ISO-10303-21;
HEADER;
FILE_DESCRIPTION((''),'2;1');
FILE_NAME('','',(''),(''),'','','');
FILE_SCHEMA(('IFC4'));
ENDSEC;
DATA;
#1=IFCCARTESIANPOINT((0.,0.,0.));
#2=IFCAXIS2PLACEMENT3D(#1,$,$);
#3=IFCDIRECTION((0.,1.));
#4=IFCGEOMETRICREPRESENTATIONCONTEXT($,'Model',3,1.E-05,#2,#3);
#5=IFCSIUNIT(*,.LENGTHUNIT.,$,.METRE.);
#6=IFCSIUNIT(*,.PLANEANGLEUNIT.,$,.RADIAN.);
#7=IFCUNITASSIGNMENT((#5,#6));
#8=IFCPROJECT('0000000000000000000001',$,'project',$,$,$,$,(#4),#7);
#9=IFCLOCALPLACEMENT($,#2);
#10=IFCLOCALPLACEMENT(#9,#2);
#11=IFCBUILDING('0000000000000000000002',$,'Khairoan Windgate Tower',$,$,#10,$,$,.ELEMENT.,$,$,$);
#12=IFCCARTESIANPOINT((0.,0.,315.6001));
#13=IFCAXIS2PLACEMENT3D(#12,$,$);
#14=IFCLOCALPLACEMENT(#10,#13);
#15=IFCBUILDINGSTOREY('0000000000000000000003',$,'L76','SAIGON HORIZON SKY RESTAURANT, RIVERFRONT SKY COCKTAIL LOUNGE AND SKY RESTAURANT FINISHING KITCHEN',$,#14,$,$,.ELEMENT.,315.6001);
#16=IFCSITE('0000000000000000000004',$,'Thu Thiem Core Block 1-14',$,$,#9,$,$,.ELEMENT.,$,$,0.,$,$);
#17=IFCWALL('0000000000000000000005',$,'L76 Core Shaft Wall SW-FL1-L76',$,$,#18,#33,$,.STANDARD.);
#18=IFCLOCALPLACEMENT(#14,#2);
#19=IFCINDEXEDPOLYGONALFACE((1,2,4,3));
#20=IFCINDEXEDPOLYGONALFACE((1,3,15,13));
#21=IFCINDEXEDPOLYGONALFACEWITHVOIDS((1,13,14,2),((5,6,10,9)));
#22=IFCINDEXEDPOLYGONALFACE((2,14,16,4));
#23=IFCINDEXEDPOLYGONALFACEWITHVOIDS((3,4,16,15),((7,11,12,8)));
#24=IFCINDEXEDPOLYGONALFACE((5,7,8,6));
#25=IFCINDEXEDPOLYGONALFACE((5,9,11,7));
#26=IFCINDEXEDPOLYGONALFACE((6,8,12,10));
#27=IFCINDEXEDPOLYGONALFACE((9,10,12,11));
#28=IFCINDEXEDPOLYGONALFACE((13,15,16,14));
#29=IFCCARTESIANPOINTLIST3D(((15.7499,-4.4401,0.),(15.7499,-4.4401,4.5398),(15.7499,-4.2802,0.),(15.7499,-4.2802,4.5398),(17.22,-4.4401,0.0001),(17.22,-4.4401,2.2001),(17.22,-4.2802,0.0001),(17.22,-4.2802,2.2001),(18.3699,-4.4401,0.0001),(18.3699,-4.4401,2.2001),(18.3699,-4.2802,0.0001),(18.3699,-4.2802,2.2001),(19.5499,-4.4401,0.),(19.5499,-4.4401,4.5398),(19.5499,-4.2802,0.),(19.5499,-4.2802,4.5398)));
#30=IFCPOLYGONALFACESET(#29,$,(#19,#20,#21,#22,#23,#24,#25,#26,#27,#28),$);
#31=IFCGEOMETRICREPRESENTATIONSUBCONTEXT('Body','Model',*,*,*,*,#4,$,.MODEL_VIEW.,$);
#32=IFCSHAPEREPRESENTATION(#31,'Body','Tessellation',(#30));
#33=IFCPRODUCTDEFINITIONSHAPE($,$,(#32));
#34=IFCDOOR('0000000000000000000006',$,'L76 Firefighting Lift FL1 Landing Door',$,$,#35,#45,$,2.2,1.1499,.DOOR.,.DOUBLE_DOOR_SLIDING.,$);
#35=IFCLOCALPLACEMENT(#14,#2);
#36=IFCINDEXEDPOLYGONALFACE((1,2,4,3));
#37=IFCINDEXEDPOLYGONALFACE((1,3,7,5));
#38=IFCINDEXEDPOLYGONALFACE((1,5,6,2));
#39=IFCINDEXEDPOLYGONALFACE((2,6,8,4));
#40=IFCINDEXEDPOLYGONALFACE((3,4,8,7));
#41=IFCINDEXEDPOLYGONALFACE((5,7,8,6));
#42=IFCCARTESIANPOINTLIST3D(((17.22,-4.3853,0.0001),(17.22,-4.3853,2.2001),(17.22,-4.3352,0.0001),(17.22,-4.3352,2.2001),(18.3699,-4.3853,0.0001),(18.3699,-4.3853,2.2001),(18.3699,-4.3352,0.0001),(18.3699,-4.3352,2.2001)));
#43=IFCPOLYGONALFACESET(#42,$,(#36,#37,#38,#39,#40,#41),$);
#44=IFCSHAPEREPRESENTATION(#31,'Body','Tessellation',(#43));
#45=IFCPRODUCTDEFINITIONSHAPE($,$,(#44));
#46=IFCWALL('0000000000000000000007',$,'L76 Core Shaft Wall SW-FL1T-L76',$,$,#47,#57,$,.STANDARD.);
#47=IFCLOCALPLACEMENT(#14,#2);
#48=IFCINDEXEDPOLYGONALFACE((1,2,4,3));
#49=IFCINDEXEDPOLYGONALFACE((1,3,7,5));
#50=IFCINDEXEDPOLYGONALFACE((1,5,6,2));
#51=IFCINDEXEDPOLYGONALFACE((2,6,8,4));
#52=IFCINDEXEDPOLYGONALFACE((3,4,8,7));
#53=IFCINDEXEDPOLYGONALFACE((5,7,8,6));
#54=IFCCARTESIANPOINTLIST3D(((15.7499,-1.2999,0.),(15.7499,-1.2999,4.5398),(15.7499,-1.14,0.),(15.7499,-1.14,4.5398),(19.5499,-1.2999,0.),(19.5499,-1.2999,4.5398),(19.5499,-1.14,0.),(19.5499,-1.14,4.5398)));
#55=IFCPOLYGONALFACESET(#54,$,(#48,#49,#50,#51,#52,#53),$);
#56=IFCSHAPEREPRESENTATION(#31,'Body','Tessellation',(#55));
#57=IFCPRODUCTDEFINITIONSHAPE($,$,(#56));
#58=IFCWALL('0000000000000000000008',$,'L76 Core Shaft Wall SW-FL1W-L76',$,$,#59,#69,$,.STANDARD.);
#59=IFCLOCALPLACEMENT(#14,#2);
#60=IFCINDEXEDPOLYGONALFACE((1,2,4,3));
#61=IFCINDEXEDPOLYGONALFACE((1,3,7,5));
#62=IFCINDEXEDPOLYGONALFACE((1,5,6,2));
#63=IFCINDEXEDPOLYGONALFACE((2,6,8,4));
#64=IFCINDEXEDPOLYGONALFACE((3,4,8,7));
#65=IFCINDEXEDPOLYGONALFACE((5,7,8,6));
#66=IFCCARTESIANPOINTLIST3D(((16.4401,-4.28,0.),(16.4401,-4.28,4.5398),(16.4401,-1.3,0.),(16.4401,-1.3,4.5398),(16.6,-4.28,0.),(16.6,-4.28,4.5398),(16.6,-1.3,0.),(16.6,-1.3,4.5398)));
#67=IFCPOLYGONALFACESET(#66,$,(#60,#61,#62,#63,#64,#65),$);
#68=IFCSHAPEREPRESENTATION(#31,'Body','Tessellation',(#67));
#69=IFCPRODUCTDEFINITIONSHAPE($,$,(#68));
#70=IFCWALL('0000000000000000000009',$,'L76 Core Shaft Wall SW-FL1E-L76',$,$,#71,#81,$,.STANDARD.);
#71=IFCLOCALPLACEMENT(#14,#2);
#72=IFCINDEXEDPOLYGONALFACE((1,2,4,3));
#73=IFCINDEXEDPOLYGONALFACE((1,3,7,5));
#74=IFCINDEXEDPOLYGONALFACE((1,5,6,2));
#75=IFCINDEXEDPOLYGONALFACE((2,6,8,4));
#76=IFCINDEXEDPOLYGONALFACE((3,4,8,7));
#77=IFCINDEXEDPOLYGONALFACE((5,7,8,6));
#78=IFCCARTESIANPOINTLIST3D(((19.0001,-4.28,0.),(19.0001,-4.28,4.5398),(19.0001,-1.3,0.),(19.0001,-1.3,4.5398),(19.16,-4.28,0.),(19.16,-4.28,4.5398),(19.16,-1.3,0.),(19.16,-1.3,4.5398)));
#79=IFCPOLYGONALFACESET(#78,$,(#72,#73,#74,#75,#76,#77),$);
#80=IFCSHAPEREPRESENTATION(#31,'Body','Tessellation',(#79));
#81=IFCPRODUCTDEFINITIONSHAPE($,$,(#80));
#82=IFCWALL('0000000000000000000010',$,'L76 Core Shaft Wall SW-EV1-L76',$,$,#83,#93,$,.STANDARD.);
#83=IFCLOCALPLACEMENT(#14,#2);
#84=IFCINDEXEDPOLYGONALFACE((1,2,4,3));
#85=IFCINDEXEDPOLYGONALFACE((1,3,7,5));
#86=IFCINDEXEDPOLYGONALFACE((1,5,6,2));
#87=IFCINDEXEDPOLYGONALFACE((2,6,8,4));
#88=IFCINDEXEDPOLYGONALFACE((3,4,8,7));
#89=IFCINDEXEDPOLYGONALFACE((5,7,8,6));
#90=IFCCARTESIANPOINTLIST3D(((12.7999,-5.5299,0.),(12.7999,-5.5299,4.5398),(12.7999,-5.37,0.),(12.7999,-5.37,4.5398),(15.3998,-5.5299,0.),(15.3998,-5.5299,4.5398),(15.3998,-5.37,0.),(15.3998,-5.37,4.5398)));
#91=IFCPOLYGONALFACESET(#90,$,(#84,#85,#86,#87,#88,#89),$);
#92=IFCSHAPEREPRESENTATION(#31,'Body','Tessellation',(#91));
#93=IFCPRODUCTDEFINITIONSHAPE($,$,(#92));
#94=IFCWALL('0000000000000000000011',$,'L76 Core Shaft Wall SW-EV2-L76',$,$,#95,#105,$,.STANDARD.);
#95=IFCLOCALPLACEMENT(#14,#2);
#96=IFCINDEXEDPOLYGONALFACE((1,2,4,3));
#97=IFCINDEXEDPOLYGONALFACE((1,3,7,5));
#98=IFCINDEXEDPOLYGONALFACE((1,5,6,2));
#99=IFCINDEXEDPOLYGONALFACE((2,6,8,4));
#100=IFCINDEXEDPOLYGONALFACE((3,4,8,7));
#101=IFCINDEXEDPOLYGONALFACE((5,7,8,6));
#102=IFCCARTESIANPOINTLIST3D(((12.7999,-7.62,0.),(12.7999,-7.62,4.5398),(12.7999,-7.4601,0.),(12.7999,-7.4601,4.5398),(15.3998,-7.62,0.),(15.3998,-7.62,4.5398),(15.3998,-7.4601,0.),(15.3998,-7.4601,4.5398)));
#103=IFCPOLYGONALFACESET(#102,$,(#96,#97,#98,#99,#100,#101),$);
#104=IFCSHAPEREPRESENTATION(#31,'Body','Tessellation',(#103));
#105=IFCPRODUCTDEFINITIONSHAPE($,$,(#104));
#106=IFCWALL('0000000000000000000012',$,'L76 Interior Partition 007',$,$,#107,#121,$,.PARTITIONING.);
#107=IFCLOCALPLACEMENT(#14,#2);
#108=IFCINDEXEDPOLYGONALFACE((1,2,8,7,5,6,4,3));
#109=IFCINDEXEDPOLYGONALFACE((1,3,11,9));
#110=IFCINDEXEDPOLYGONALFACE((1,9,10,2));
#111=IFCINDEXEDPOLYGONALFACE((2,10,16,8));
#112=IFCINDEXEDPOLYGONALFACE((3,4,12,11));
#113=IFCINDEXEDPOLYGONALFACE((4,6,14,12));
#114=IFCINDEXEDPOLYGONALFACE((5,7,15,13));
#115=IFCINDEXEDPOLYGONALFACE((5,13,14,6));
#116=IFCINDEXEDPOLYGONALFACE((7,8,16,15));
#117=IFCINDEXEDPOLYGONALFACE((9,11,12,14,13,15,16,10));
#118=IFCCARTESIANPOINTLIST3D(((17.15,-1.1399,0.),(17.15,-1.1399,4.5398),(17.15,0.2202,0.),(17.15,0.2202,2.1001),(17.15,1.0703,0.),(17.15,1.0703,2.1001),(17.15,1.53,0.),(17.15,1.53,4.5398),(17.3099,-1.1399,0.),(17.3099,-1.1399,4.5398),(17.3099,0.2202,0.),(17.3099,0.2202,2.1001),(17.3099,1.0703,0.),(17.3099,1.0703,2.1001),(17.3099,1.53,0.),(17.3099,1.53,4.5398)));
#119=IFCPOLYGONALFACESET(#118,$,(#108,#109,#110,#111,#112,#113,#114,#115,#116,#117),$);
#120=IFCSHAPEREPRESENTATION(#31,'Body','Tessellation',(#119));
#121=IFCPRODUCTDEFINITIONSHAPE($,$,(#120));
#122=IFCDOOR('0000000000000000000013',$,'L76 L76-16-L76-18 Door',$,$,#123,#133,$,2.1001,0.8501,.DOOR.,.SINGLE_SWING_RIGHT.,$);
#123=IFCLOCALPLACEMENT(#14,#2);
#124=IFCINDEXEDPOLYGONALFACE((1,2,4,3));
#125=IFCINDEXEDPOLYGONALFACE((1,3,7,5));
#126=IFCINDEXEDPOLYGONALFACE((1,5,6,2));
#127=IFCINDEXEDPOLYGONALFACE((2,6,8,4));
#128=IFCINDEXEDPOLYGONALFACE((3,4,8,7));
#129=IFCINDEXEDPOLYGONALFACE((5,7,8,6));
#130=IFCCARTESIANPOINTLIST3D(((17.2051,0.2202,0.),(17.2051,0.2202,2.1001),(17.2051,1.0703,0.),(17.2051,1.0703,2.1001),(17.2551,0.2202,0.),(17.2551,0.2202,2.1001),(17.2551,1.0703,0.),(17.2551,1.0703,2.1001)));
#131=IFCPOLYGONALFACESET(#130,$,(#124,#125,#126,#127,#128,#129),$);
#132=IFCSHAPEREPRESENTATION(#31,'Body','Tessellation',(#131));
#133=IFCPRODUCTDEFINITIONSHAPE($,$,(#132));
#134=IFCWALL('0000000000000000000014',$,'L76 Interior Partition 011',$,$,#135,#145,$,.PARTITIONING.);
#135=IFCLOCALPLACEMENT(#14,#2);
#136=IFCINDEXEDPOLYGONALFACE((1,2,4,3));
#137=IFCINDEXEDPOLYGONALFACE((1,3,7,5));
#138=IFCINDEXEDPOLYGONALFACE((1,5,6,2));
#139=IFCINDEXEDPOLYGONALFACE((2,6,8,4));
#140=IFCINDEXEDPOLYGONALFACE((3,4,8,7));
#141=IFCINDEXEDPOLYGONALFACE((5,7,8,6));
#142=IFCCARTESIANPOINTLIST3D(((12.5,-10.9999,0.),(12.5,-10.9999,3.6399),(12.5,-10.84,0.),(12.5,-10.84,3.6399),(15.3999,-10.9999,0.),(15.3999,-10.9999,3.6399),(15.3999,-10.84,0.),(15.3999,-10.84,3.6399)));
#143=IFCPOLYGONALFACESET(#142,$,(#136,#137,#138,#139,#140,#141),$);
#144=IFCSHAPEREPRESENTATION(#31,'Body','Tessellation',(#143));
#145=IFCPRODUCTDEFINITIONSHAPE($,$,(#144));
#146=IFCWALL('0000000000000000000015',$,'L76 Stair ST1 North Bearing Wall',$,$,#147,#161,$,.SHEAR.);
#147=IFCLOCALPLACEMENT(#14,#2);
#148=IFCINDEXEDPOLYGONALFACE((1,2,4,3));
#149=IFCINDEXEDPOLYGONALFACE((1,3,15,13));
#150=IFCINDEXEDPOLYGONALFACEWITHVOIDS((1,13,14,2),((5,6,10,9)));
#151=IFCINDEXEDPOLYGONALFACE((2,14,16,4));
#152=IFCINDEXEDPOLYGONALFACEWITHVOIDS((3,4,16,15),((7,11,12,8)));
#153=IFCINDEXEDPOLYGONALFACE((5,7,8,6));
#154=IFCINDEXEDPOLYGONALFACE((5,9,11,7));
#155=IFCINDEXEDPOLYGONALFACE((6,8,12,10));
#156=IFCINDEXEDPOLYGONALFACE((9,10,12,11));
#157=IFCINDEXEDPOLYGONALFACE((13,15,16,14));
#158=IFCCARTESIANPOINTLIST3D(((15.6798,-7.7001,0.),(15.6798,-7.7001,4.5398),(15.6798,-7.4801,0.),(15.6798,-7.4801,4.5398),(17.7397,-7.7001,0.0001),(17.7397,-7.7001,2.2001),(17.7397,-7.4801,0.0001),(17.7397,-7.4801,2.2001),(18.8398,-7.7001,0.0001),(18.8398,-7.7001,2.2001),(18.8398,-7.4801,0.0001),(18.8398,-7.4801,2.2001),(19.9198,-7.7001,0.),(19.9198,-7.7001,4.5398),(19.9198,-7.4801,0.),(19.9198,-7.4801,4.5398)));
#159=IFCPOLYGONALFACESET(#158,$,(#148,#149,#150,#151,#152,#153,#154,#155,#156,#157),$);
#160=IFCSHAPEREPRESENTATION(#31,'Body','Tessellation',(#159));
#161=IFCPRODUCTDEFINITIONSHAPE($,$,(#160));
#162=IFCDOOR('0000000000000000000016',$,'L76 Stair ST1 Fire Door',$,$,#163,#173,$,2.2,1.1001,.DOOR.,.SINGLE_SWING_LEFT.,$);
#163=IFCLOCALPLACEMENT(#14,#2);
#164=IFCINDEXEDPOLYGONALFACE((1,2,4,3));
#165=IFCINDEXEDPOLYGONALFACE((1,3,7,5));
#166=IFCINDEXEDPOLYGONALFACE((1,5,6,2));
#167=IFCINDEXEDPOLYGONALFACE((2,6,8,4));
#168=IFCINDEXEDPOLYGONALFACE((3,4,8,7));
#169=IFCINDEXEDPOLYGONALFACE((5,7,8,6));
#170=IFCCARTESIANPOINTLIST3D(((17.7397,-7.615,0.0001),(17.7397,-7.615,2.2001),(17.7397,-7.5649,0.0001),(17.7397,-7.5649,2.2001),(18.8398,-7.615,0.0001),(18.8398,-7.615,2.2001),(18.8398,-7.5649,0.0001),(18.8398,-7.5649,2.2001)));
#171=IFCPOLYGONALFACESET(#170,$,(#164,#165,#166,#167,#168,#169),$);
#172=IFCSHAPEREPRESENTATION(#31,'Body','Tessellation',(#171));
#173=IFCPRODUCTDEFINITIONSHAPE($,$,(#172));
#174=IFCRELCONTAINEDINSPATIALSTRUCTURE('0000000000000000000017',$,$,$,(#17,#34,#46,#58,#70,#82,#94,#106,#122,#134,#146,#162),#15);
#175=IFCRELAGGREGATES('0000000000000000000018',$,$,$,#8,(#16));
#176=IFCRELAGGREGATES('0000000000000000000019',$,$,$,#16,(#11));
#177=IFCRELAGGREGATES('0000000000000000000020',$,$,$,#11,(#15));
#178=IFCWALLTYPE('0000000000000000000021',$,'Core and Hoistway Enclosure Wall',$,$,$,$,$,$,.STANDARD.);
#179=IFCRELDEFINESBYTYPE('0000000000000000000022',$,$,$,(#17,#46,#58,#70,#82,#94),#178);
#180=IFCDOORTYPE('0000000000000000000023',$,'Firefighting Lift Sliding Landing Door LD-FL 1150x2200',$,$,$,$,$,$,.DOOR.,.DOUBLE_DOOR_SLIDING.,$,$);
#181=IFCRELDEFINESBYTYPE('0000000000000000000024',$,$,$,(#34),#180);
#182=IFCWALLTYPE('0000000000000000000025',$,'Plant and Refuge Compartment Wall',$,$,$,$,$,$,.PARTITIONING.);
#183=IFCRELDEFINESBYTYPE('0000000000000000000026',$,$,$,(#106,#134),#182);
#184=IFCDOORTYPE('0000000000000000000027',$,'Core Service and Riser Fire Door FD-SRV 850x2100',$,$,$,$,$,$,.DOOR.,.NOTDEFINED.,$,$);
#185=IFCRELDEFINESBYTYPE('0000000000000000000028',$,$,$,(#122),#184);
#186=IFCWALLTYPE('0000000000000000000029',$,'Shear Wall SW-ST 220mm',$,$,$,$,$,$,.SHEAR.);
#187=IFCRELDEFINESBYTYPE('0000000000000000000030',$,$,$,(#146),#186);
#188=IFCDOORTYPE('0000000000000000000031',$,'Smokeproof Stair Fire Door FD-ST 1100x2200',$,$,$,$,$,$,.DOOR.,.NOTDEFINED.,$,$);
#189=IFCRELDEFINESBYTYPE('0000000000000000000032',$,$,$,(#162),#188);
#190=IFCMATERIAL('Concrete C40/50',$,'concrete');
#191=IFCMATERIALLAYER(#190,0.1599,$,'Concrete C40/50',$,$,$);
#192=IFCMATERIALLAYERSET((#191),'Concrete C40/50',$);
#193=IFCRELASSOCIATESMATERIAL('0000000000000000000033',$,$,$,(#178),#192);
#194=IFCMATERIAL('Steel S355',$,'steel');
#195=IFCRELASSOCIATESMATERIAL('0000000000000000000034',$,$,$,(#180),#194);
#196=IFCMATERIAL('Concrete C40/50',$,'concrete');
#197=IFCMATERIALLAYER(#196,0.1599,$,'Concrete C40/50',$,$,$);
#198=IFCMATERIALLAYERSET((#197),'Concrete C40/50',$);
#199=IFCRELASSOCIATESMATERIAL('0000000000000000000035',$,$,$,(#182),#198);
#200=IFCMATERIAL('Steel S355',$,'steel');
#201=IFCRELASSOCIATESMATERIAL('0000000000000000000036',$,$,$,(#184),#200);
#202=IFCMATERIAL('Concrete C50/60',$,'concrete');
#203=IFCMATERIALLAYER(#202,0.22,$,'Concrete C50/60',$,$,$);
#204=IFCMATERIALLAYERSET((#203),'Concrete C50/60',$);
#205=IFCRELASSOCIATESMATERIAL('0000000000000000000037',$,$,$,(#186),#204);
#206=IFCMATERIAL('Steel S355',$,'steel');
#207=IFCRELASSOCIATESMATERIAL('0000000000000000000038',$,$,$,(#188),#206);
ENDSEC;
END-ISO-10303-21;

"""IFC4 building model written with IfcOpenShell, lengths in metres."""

from ifc_helpers import new_model, si_unit, direction, frame, frame_2d, origin, place, context, subcontext, project, spatial, rectangle, extrude, material, layer, layer_set, type_object, element, fill, save


model = new_model("IFC4")

# Units and contexts
model_context = context("Model", 3, precision=1e-05, world=origin(), true_north=direction((0.0, 1.0)))
body_context = subcontext(model_context, "Body", "Model", "MODEL_VIEW")
ifc_project = project(units=[si_unit("LENGTHUNIT", "METRE"), si_unit("PLANEANGLEUNIT", "RADIAN")], contexts=[model_context])

# Site, building, storey
site_placement = place(None, origin())
site = spatial("IfcSite", under=ifc_project, at=site_placement, Name="Thu Thiem Core Block 1-14", CompositionType="ELEMENT", RefElevation=0.0)
building_placement = place(site_placement, origin())
building = spatial("IfcBuilding", under=site, at=building_placement, Name="Khairoan Windgate Tower", CompositionType="ELEMENT")
storey_placement = place(building_placement, frame((0.0, 0.0, 315.6001)))
storey = spatial("IfcBuildingStorey", under=building, at=storey_placement, Name="L76", Description="SAIGON HORIZON SKY RESTAURANT, RIVERFRONT SKY COCKTAIL LOUNGE AND SKY RESTAURANT FINISHING KITCHEN", CompositionType="ELEMENT", Elevation=315.6001)

# Shared definitions
ifc_material_1 = material(Name="Concrete C40/50", Category="concrete")
ifc_layer_1 = layer(ifc_material_1, 0.1599, Name="Concrete C40/50")
ifc_layer_set_1 = layer_set([ifc_layer_1], Name="Concrete C40/50")
wall_type_1 = type_object("IfcWallType", Name="Core and Hoistway Enclosure Wall", PredefinedType="STANDARD", material=ifc_layer_set_1)

# Wall, opening, door
wall_1_placement = place(storey_placement, frame((15.75, -4.3601, 0.0), z_axis=(0.0, 0.0, 1.0), x_axis=(1.0, 0.0, 0.0)))
wall_1 = element("IfcWall", 1, at=wall_1_placement, inside=storey, type_object=wall_type_1, Name="L76 Core Shaft Wall SW-FL1-L76", PredefinedType="STANDARD", context=body_context, shape_type="SweptSolid", body=[
    extrude(rectangle(XDim=3.8, YDim=0.1599, at=frame_2d((1.8999, 0.0))), origin(), (0.0, 0.0, 1.0), 4.5398),
])
opening_1_placement = place(wall_1_placement, frame((1.47, 0.0, 0.0)))
opening_1 = element("IfcOpeningElement", 2, at=opening_1_placement, cuts=wall_1, PredefinedType="OPENING", context=body_context, shape_type="SweptSolid", body=[
    extrude(rectangle(XDim=1.1499, YDim=2.2, at=frame_2d((0.575, 1.1001))), frame((0.0, 0.0898, 0.0), z_axis=(0.0, -1.0, 0.0), x_axis=(1.0, 0.0, 0.0)), (0.0, 0.0, 1.0), 0.1799),
])
ifc_material_2 = material(Name="Steel S355", Category="steel")
door_type_1 = type_object("IfcDoorType", Name="Firefighting Lift Sliding Landing Door LD-FL 1150x2200", OperationType="DOUBLE_DOOR_SLIDING", PredefinedType="DOOR", material=ifc_material_2)
door_1_placement = place(opening_1_placement, origin())
door_1 = element("IfcDoor", 3, at=door_1_placement, inside=storey, type_object=door_type_1, Name="L76 Firefighting Lift FL1 Landing Door", OperationType="DOUBLE_DOOR_SLIDING", OverallHeight=2.2, OverallWidth=1.1499, PredefinedType="DOOR", context=body_context, shape_type="SweptSolid", body=[
    extrude(rectangle(XDim=1.1499, YDim=2.2, at=frame_2d((0.575, 1.1001))), frame((0.0, 0.0249, 0.0), z_axis=(0.0, -1.0, 0.0), x_axis=(1.0, 0.0, 0.0)), (0.0, 0.0, 1.0), 0.05),
])
fill(opening_1, door_1)

# Walls
wall_2_placement = place(storey_placement, frame((15.75, -1.22, 0.0), z_axis=(0.0, 0.0, 1.0), x_axis=(1.0, 0.0, 0.0)))
element("IfcWall", 4, at=wall_2_placement, inside=storey, type_object=wall_type_1, Name="L76 Core Shaft Wall SW-FL1T-L76", PredefinedType="STANDARD", context=body_context, shape_type="SweptSolid", body=[
    extrude(rectangle(XDim=3.8, YDim=0.1599, at=frame_2d((1.8999, 0.0))), origin(), (0.0, 0.0, 1.0), 4.5398),
])
for number, where, z_axis, x_axis, name in (
    (5, (16.52, -4.28, 0.0), (0.0, 0.0, 1.0), (0.0, 1.0, 0.0), "L76 Core Shaft Wall SW-FL1W-L76"),
    (6, (19.0801, -4.28, 0.0), (0.0, 0.0, 1.0), (0.0, 1.0, 0.0), "L76 Core Shaft Wall SW-FL1E-L76"),
):
    element("IfcWall", number, at=place(storey_placement, frame(where, z_axis=z_axis, x_axis=x_axis)), inside=storey, type_object=wall_type_1, Name=name, PredefinedType="STANDARD", context=body_context, shape_type="SweptSolid", body=[
        extrude(rectangle(XDim=2.98, YDim=0.1599, at=frame_2d((1.49, 0.0))), origin(), (0.0, 0.0, 1.0), 4.5398),
    ])
for number, where, z_axis, x_axis, name in (
    (7, (12.8, -5.45, 0.0), (0.0, 0.0, 1.0), (1.0, 0.0, 0.0), "L76 Core Shaft Wall SW-EV1-L76"),
    (8, (12.8, -7.54, 0.0), (0.0, 0.0, 1.0), (1.0, 0.0, 0.0), "L76 Core Shaft Wall SW-EV2-L76"),
):
    element("IfcWall", number, at=place(storey_placement, frame(where, z_axis=z_axis, x_axis=x_axis)), inside=storey, type_object=wall_type_1, Name=name, PredefinedType="STANDARD", context=body_context, shape_type="SweptSolid", body=[
        extrude(rectangle(XDim=2.5999, YDim=0.1599, at=frame_2d((1.2998, 0.0))), origin(), (0.0, 0.0, 1.0), 4.5398),
    ])

# Wall, opening, door
ifc_material_3 = material(Name="Concrete C40/50", Category="concrete")
ifc_layer_2 = layer(ifc_material_3, 0.1599, Name="Concrete C40/50")
ifc_layer_set_2 = layer_set([ifc_layer_2], Name="Concrete C40/50")
wall_type_2 = type_object("IfcWallType", Name="Plant and Refuge Compartment Wall", PredefinedType="PARTITIONING", material=ifc_layer_set_2)
wall_3_placement = place(storey_placement, frame((17.23, -1.1399, 0.0), z_axis=(0.0, 0.0, 1.0), x_axis=(0.0, 1.0, 0.0)))
wall_3 = element("IfcWall", 9, at=wall_3_placement, inside=storey, type_object=wall_type_2, Name="L76 Interior Partition 007", PredefinedType="PARTITIONING", context=body_context, shape_type="SweptSolid", body=[
    extrude(rectangle(XDim=2.6699, YDim=0.1599, at=frame_2d((1.335, 0.0))), origin(), (0.0, 0.0, 1.0), 4.5398),
])
opening_2_placement = place(wall_3_placement, frame((1.3601, 0.0, 0.0)))
opening_2 = element("IfcOpeningElement", 10, at=opening_2_placement, cuts=wall_3, PredefinedType="OPENING", context=body_context, shape_type="SweptSolid", body=[
    extrude(rectangle(XDim=0.8501, YDim=2.1001, at=frame_2d((0.425, 1.05))), frame((0.0, 0.0898, 0.0), z_axis=(0.0, -1.0, 0.0), x_axis=(1.0, 0.0, 0.0)), (0.0, 0.0, 1.0), 0.1799),
])
ifc_material_4 = material(Name="Steel S355", Category="steel")
door_type_2 = type_object("IfcDoorType", Name="Core Service and Riser Fire Door FD-SRV 850x2100", OperationType="NOTDEFINED", PredefinedType="DOOR", material=ifc_material_4)
door_2_placement = place(opening_2_placement, origin())
door_2 = element("IfcDoor", 11, at=door_2_placement, inside=storey, type_object=door_type_2, Name="L76 L76-16-L76-18 Door", OperationType="SINGLE_SWING_RIGHT", OverallHeight=2.1001, OverallWidth=0.8501, PredefinedType="DOOR", context=body_context, shape_type="SweptSolid", body=[
    extrude(rectangle(XDim=0.8501, YDim=2.1001, at=frame_2d((0.425, 1.05))), frame((0.0, 0.0249, 0.0), z_axis=(0.0, -1.0, 0.0), x_axis=(1.0, 0.0, 0.0)), (0.0, 0.0, 1.0), 0.05),
])
fill(opening_2, door_2)

# Wall
wall_4_placement = place(storey_placement, frame((12.5, -10.9199, 0.0), z_axis=(0.0, 0.0, 1.0), x_axis=(1.0, 0.0, 0.0)))
element("IfcWall", 12, at=wall_4_placement, inside=storey, type_object=wall_type_2, Name="L76 Interior Partition 011", PredefinedType="PARTITIONING", context=body_context, shape_type="SweptSolid", body=[
    extrude(rectangle(XDim=2.8999, YDim=0.1599, at=frame_2d((1.45, 0.0))), origin(), (0.0, 0.0, 1.0), 3.6399),
])

# Wall, opening, door
ifc_material_5 = material(Name="Concrete C50/60", Category="concrete")
ifc_layer_3 = layer(ifc_material_5, 0.22, Name="Concrete C50/60")
ifc_layer_set_3 = layer_set([ifc_layer_3], Name="Concrete C50/60")
wall_type_3 = type_object("IfcWallType", Name="Shear Wall SW-ST 220mm", PredefinedType="SHEAR", material=ifc_layer_set_3)
wall_5_placement = place(storey_placement, frame((19.9199, -7.5901, 0.0), z_axis=(0.0, 0.0, 1.0), x_axis=(-1.0, 0.0, 0.0)))
wall_5 = element("IfcWall", 13, at=wall_5_placement, inside=storey, type_object=wall_type_3, Name="L76 Stair ST1 North Bearing Wall", PredefinedType="SHEAR", context=body_context, shape_type="SweptSolid", body=[
    extrude(rectangle(XDim=4.24, YDim=0.22, at=frame_2d((2.1201, 0.0))), origin(), (0.0, 0.0, 1.0), 4.5398),
])
opening_3_placement = place(wall_5_placement, frame((1.0801, 0.0, 0.0)))
opening_3 = element("IfcOpeningElement", 14, at=opening_3_placement, cuts=wall_5, PredefinedType="OPENING", context=body_context, shape_type="SweptSolid", body=[
    extrude(rectangle(XDim=1.1001, YDim=2.2, at=frame_2d((0.55, 1.1001))), frame((0.0, 0.1199, 0.0), z_axis=(0.0, -1.0, 0.0), x_axis=(1.0, 0.0, 0.0)), (0.0, 0.0, 1.0), 0.24),
])
ifc_material_6 = material(Name="Steel S355", Category="steel")
door_type_3 = type_object("IfcDoorType", Name="Smokeproof Stair Fire Door FD-ST 1100x2200", OperationType="NOTDEFINED", PredefinedType="DOOR", material=ifc_material_6)
door_3_placement = place(opening_3_placement, origin())
door_3 = element("IfcDoor", 15, at=door_3_placement, inside=storey, type_object=door_type_3, Name="L76 Stair ST1 Fire Door", OperationType="SINGLE_SWING_LEFT", OverallHeight=2.2, OverallWidth=1.1001, PredefinedType="DOOR", context=body_context, shape_type="SweptSolid", body=[
    extrude(rectangle(XDim=1.1001, YDim=2.2, at=frame_2d((0.55, 1.1001))), frame((0.0, 0.0249, 0.0), z_axis=(0.0, -1.0, 0.0), x_axis=(1.0, 0.0, 0.0)), (0.0, 0.0, 1.0), 0.05),
])
fill(opening_3, door_3)

save(model, "model.ifc")
